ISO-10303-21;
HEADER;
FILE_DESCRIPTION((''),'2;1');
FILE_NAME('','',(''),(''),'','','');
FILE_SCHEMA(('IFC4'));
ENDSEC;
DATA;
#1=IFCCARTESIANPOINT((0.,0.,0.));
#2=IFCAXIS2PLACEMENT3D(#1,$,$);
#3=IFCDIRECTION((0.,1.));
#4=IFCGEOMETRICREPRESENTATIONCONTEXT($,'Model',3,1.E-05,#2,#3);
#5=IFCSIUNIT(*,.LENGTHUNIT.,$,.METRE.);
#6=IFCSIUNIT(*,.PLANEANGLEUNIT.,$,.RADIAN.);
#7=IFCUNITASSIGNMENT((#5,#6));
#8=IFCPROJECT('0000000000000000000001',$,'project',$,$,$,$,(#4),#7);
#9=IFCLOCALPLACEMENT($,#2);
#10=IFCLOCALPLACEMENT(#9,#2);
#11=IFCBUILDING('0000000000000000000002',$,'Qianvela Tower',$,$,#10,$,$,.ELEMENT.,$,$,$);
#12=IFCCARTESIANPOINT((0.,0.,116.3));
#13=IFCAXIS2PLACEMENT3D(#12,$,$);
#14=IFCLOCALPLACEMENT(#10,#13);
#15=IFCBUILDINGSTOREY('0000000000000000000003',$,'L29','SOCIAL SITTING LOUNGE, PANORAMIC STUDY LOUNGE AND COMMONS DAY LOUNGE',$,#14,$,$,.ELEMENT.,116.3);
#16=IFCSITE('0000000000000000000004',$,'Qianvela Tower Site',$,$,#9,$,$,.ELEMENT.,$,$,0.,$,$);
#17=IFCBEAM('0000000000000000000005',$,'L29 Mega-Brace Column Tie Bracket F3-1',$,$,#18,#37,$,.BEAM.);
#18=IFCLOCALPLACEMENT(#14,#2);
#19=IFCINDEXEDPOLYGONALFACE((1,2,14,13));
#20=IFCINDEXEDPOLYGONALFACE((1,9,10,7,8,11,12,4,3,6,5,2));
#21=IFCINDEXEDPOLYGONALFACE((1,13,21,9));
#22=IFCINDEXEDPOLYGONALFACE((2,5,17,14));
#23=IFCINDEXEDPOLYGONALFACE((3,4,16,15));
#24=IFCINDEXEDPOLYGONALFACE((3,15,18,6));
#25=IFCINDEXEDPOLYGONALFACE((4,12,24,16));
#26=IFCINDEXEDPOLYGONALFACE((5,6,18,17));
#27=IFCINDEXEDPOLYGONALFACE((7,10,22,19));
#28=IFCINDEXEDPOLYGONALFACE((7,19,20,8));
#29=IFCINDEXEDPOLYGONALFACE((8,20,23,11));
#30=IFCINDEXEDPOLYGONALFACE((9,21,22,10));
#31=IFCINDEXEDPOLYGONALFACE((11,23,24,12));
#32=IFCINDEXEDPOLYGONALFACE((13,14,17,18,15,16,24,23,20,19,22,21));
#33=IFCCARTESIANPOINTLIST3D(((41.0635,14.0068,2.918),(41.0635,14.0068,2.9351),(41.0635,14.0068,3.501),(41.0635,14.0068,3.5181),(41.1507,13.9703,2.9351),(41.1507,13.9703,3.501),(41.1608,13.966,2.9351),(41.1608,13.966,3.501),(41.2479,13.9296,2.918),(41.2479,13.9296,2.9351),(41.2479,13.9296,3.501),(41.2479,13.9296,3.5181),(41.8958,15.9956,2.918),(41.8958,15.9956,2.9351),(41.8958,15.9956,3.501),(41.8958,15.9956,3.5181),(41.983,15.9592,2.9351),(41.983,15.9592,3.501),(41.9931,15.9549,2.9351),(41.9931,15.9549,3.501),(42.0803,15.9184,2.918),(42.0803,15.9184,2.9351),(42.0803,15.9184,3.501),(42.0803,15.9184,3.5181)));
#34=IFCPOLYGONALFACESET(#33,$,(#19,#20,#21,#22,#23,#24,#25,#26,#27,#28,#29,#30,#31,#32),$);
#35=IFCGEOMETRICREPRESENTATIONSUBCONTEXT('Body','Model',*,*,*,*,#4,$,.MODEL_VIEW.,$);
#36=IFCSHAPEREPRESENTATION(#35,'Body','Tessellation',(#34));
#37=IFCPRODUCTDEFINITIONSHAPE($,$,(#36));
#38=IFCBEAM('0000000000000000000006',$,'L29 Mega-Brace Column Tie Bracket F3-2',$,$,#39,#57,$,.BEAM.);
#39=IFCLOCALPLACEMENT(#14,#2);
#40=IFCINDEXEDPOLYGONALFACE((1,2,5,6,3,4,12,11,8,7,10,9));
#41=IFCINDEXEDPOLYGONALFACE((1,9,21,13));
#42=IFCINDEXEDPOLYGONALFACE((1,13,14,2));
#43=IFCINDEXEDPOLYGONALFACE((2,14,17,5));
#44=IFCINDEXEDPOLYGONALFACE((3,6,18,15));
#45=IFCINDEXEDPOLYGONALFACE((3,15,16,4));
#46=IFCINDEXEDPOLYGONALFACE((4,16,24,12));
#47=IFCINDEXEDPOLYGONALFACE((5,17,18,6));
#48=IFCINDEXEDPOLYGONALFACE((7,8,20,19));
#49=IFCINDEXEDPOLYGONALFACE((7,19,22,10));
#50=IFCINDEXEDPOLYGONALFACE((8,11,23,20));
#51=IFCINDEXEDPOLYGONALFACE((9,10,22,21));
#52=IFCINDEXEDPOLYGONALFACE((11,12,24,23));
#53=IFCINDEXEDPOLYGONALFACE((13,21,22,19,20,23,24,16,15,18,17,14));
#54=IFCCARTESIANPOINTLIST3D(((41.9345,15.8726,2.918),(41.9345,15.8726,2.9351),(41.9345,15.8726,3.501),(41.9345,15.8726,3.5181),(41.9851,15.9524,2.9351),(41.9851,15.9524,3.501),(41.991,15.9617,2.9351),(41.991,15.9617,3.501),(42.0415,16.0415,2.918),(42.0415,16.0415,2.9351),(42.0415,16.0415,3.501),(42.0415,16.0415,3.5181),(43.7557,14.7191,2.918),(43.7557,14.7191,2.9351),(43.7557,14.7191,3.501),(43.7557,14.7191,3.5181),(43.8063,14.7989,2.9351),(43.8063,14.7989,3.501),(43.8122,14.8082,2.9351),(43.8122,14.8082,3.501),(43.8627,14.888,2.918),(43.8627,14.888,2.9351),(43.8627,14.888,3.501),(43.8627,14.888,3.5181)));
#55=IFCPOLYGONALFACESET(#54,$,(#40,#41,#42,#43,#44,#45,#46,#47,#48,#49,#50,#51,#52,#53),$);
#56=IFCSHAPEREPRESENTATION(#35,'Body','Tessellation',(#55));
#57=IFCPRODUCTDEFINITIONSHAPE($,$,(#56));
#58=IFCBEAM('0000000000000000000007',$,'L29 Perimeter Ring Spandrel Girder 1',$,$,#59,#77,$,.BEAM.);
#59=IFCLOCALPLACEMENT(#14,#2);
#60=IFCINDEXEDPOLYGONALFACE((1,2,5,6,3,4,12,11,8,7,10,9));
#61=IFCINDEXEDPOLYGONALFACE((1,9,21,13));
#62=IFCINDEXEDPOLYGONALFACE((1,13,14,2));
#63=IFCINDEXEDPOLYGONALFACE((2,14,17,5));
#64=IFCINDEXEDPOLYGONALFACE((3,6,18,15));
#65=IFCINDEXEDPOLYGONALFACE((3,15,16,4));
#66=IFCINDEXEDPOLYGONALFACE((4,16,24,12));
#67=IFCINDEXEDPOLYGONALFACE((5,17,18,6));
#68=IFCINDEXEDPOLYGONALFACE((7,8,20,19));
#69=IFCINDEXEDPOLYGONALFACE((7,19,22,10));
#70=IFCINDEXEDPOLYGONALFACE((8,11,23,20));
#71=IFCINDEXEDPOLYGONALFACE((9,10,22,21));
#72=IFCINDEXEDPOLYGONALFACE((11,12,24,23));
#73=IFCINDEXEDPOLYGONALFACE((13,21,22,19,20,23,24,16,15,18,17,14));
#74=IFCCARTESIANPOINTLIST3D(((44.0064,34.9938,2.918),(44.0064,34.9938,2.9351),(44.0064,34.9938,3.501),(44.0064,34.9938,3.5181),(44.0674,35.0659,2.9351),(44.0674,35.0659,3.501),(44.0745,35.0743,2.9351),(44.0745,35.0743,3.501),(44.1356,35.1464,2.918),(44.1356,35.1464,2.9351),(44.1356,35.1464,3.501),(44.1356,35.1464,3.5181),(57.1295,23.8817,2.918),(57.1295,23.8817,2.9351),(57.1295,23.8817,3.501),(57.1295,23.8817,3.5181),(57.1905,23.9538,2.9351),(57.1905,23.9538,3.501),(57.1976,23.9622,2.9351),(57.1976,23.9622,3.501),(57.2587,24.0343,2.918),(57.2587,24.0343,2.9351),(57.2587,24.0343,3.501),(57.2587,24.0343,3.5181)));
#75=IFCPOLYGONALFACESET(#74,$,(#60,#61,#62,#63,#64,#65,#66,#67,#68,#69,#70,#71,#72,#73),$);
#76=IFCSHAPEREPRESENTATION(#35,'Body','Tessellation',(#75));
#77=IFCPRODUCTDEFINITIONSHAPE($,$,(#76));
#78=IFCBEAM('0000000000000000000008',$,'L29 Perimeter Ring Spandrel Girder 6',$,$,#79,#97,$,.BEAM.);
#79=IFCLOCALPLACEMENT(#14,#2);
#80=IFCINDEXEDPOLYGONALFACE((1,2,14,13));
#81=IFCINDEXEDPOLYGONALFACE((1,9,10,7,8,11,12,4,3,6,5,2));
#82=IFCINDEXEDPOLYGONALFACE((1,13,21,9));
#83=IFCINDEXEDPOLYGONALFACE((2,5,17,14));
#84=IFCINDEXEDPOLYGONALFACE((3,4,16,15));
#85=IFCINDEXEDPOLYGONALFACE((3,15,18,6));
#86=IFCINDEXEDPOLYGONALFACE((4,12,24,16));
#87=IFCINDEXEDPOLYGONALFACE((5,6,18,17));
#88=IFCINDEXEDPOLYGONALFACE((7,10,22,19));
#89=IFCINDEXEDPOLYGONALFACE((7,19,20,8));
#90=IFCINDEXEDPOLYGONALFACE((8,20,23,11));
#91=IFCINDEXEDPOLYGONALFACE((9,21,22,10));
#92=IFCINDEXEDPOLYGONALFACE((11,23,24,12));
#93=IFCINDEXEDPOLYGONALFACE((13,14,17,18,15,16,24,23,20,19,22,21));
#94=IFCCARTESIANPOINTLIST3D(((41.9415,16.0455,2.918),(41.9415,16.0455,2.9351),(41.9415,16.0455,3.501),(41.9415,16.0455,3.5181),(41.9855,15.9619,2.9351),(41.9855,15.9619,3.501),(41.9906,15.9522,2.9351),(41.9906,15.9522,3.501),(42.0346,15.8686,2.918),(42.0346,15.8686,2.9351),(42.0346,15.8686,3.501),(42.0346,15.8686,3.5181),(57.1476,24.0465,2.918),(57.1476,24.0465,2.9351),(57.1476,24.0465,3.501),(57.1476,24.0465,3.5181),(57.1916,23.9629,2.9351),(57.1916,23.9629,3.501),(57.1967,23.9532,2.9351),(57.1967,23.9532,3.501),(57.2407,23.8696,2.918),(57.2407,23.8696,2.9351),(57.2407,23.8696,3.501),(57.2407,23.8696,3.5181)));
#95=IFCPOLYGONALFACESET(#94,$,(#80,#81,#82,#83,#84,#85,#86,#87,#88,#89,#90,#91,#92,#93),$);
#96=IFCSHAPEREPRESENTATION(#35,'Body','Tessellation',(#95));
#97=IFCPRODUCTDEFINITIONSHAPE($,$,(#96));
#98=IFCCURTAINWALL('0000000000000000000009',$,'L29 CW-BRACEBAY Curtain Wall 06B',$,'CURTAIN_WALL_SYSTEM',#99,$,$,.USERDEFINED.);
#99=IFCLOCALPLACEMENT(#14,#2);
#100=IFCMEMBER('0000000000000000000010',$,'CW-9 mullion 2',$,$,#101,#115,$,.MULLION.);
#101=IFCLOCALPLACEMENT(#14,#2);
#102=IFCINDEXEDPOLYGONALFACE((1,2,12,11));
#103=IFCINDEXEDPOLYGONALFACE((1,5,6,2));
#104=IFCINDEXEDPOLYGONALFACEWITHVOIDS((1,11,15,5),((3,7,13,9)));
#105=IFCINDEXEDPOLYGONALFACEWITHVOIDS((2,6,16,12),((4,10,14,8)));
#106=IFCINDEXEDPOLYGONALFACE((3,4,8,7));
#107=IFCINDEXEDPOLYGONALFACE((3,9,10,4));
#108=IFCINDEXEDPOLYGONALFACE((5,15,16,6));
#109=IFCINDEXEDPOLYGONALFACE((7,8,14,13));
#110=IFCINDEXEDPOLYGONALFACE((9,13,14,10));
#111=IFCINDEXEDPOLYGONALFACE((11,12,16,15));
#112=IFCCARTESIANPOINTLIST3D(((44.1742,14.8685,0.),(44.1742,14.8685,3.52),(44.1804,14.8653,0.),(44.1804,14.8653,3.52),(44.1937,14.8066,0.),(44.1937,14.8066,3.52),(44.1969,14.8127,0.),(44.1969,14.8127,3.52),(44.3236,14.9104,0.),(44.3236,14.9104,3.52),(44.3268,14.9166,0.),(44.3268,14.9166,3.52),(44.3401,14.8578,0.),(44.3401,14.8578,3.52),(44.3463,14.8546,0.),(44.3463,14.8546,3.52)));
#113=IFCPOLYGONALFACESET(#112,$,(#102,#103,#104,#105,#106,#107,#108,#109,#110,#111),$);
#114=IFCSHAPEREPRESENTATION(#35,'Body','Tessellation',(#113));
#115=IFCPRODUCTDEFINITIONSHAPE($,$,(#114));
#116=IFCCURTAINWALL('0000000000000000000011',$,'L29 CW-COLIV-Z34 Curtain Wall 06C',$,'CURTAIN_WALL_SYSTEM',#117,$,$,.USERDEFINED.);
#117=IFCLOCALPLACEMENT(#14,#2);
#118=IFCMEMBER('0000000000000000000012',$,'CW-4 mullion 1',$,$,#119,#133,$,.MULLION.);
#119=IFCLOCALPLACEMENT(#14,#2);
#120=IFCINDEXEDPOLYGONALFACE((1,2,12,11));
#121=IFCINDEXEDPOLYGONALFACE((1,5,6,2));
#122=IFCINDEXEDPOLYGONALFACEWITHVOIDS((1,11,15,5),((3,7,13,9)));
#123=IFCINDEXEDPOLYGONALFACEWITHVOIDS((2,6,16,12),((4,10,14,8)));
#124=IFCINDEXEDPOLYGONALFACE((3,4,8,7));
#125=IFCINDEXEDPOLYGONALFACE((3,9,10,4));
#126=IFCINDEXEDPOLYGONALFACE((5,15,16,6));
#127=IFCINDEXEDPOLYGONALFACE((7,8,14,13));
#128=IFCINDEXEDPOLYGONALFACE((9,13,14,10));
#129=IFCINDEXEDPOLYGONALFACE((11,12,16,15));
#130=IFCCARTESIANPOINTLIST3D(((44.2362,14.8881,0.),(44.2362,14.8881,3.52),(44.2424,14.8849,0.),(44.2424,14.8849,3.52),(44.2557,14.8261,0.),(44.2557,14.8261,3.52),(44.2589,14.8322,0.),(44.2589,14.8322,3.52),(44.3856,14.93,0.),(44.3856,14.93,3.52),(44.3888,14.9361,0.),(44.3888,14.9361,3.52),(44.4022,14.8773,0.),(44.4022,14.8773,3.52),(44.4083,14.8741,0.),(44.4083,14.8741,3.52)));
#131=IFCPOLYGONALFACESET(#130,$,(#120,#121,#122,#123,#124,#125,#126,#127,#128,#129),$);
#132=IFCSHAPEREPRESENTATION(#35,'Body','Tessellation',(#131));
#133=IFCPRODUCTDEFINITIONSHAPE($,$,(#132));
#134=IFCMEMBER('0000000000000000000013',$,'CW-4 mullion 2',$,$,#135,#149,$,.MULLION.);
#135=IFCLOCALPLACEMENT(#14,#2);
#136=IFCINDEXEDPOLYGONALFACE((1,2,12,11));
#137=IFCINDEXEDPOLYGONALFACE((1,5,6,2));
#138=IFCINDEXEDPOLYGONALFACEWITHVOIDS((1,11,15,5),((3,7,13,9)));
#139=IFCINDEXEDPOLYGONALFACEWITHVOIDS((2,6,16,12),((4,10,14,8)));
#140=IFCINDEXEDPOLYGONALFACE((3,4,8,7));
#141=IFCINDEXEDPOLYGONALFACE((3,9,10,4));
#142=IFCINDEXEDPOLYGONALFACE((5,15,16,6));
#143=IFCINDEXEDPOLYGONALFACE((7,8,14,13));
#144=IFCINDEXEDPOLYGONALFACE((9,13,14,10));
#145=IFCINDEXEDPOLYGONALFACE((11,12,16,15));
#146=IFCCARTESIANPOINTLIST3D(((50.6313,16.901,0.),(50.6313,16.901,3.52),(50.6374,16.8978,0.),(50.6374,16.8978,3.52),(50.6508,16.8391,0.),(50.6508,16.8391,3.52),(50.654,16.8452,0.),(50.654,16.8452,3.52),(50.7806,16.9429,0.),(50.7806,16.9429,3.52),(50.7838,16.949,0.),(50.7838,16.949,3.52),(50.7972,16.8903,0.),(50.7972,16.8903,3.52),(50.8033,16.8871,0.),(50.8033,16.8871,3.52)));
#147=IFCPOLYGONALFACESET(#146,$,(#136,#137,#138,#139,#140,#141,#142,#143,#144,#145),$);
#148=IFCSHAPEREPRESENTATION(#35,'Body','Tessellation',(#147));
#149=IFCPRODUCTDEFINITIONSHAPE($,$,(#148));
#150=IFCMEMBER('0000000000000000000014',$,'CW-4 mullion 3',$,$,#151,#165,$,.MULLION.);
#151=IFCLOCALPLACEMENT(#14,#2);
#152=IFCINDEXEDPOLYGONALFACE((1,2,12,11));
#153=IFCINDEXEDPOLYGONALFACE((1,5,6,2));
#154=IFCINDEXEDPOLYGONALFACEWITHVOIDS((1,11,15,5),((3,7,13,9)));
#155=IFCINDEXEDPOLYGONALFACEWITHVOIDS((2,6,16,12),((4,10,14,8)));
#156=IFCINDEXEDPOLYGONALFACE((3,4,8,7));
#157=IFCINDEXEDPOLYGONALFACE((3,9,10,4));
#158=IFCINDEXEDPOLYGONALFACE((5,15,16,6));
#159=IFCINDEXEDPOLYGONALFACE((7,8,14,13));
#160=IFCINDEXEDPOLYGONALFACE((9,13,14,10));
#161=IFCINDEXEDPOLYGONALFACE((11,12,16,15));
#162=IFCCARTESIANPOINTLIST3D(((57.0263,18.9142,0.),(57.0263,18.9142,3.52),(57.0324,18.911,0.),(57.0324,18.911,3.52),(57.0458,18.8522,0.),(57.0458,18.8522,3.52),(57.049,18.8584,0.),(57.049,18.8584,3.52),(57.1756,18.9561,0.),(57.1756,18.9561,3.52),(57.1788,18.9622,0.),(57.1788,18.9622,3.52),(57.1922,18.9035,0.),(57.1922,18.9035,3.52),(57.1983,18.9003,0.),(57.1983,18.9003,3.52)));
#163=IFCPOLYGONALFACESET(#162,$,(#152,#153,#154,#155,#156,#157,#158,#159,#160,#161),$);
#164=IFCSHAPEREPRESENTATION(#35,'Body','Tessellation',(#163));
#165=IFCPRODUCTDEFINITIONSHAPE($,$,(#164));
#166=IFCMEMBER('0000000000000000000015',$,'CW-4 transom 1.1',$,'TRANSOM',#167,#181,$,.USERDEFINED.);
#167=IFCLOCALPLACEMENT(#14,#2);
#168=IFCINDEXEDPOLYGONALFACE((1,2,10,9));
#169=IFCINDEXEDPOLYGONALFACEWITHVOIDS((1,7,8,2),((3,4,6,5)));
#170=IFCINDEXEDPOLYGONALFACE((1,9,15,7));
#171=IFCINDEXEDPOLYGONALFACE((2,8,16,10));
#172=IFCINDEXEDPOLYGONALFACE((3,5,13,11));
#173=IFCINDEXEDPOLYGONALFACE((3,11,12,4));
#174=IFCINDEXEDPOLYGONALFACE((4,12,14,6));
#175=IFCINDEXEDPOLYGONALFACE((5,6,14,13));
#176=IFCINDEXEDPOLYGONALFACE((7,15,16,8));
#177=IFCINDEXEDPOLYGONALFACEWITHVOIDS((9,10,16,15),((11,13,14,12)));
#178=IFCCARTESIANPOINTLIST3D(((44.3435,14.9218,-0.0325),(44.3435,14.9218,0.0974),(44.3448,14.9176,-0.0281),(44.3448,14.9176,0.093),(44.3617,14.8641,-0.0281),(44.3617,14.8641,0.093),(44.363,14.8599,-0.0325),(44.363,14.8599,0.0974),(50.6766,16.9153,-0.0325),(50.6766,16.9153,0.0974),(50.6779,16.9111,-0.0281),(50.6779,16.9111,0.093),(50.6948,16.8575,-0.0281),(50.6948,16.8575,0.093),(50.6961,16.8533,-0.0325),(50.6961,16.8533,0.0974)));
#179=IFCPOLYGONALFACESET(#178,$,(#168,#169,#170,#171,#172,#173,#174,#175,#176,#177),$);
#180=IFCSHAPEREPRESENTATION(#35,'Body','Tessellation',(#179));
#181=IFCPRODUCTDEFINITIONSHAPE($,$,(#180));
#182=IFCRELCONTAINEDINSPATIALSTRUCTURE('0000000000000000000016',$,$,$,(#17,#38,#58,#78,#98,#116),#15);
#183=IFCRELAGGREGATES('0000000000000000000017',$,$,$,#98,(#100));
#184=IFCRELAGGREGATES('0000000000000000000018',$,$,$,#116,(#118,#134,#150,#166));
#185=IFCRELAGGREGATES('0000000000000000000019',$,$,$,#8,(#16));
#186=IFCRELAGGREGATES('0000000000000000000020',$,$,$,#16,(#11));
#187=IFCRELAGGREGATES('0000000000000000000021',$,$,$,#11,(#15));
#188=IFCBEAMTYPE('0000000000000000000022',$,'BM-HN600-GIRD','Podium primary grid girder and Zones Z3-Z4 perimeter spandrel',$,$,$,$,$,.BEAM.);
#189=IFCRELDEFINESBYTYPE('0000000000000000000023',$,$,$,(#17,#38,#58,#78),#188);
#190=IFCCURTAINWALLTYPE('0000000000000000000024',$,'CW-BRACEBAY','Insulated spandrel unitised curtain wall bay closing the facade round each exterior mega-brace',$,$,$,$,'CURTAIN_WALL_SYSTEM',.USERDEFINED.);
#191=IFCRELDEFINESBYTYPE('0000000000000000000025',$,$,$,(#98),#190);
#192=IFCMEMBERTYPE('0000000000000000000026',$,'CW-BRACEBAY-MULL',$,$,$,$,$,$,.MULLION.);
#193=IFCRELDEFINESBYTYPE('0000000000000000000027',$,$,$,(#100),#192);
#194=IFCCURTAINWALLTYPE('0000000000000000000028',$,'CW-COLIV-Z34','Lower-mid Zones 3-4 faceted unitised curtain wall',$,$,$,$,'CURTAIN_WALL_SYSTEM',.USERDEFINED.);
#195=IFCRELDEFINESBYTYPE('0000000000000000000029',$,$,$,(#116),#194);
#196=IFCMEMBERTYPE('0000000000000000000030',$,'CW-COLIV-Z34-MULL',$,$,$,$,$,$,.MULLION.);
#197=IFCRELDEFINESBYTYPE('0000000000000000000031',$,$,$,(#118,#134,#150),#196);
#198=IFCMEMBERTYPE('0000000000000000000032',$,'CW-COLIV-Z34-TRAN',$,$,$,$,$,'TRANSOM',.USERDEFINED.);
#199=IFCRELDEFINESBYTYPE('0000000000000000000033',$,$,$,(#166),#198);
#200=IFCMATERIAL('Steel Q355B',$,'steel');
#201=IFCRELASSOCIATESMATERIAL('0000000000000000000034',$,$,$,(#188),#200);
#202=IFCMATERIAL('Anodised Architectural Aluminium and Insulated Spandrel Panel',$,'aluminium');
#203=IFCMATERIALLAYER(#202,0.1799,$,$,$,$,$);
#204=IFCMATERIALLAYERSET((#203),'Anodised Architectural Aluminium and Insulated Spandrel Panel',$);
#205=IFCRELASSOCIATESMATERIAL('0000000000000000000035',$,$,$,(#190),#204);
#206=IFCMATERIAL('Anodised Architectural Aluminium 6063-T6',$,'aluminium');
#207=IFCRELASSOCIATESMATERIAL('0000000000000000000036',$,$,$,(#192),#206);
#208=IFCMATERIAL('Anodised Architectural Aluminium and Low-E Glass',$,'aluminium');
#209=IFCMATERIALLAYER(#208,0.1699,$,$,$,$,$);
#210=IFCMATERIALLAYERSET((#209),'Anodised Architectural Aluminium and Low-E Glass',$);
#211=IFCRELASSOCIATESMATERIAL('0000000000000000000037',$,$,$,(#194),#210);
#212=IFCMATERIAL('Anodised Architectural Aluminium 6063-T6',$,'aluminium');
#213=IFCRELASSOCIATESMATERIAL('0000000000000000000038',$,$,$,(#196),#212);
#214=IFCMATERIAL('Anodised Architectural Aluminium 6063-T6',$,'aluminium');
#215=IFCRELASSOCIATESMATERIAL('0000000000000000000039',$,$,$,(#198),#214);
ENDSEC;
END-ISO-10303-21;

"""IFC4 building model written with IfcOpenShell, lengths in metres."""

from ifc_helpers import new_model, si_unit, direction, frame, origin, origin_2d, place, context, subcontext, project, spatial, hollow_rectangle, i_section, extrude, material, layer, layer_set, material_profile, profile_set, type_object, element, aggregate, save


model = new_model("IFC4")

# Units and contexts
model_context = context("Model", 3, precision=1e-05, world=origin(), true_north=direction((0.0, 1.0)))
body_context = subcontext(model_context, "Body", "Model", "MODEL_VIEW")
ifc_project = project(units=[si_unit("LENGTHUNIT", "METRE"), si_unit("PLANEANGLEUNIT", "RADIAN")], contexts=[model_context])

# Site, building, storey
site_placement = place(None, origin())
site = spatial("IfcSite", under=ifc_project, at=site_placement, Name="Qianvela Tower Site", CompositionType="ELEMENT", RefElevation=0.0)
building_placement = place(site_placement, origin())
building = spatial("IfcBuilding", under=site, at=building_placement, Name="Qianvela Tower", CompositionType="ELEMENT")
storey_placement = place(building_placement, frame((0.0, 0.0, 116.3)))
storey = spatial("IfcBuildingStorey", under=building, at=storey_placement, Name="L29", Description="SOCIAL SITTING LOUNGE, PANORAMIC STUDY LOUNGE AND COMMONS DAY LOUNGE", CompositionType="ELEMENT", Elevation=116.3)

# Beams
ifc_material_1 = material(Name="Steel Q355B", Category="steel")
ifc_material_profile_1 = material_profile(ifc_material_1, i_section(OverallWidth=0.2, OverallDepth=0.6001, WebThickness=0.011, FlangeThickness=0.0171, at=origin_2d()), Name="HN600x200x11x17")
ifc_profile_set_1 = profile_set([ifc_material_profile_1], Name="Steel Q355B")
beam_type = type_object("IfcBeamType", Name="BM-HN600-GIRD", Description="Podium primary grid girder and Zones Z3-Z4 perimeter spandrel", PredefinedType="BEAM", material=ifc_profile_set_1)
beam_1_placement = place(storey_placement, frame((41.988, 15.957, 3.218), z_axis=(-0.386046, -0.922479, 0.0), x_axis=(0.922479, -0.386046, 0.0)))
element("IfcBeam", 1, at=beam_1_placement, inside=storey, type_object=beam_type, Name="L29 Mega-Brace Column Tie Bracket F3-1", PredefinedType="BEAM", context=body_context, shape_type="SweptSolid", body=[
    extrude(i_section(OverallWidth=0.2, OverallDepth=0.6001, WebThickness=0.011, FlangeThickness=0.0171, at=origin_2d()), origin(), (0.0, 0.0, 1.0), 2.156),
])
beam_2_placement = place(storey_placement, frame((41.988, 15.957, 3.218), z_axis=(0.844802, -0.535079, 0.0), x_axis=(0.535079, 0.844802, 0.0)))
element("IfcBeam", 2, at=beam_2_placement, inside=storey, type_object=beam_type, Name="L29 Mega-Brace Column Tie Bracket F3-2", PredefinedType="BEAM", context=body_context, shape_type="SweptSolid", body=[
    extrude(i_section(OverallWidth=0.2, OverallDepth=0.6001, WebThickness=0.011, FlangeThickness=0.0171, at=origin_2d()), origin(), (0.0, 0.0, 1.0), 2.1558),
])
beam_3_placement = place(storey_placement, frame((57.1941, 23.958, 3.218), z_axis=(-0.763158, 0.646211, 0.0), x_axis=(-0.646211, -0.763158, 0.0)))
element("IfcBeam", 3, at=beam_3_placement, inside=storey, type_object=beam_type, Name="L29 Perimeter Ring Spandrel Girder 1", PredefinedType="BEAM", context=body_context, shape_type="SweptSolid", body=[
    extrude(i_section(OverallWidth=0.2, OverallDepth=0.6001, WebThickness=0.011, FlangeThickness=0.0171, at=origin_2d()), origin(), (0.0, 0.0, 1.0), 17.1958),
])
beam_4_placement = place(storey_placement, frame((41.988, 15.957, 3.218), z_axis=(0.884971, 0.465646, 0.0), x_axis=(-0.465646, 0.884971, 0.0)))
element("IfcBeam", 4, at=beam_4_placement, inside=storey, type_object=beam_type, Name="L29 Perimeter Ring Spandrel Girder 6", PredefinedType="BEAM", context=body_context, shape_type="SweptSolid", body=[
    extrude(i_section(OverallWidth=0.2, OverallDepth=0.6001, WebThickness=0.011, FlangeThickness=0.0171, at=origin_2d()), origin(), (0.0, 0.0, 1.0), 17.1826),
])

# Curtain wall, member
ifc_material_2 = material(Name="Anodised Architectural Aluminium and Insulated Spandrel Panel", Category="aluminium")
ifc_layer_1 = layer(ifc_material_2, 0.1799)
ifc_layer_set_1 = layer_set([ifc_layer_1], Name="Anodised Architectural Aluminium and Insulated Spandrel Panel")
curtain_wall_type_1 = type_object("IfcCurtainWallType", Name="CW-BRACEBAY", Description="Insulated spandrel unitised curtain wall bay closing the facade round each exterior mega-brace", ElementType="CURTAIN_WALL_SYSTEM", PredefinedType="USERDEFINED", material=ifc_layer_set_1)
curtain_wall_1_placement = place(storey_placement, origin())
curtain_wall_1 = element("IfcCurtainWall", 5, at=curtain_wall_1_placement, inside=storey, type_object=curtain_wall_type_1, Name="L29 CW-BRACEBAY Curtain Wall 06B", ObjectType="CURTAIN_WALL_SYSTEM", PredefinedType="USERDEFINED")
ifc_material_3 = material(Name="Anodised Architectural Aluminium 6063-T6", Category="aluminium")
ifc_material_profile_2 = material_profile(ifc_material_3, hollow_rectangle(XDim=0.0649, YDim=0.1599, WallThickness=0.0049, at=origin_2d()), Name="ALU-MULL-65x160")
ifc_profile_set_2 = profile_set([ifc_material_profile_2], Name="Anodised Architectural Aluminium 6063-T6")
member_type_1 = type_object("IfcMemberType", Name="CW-BRACEBAY-MULL", PredefinedType="MULLION", material=ifc_profile_set_2)
member_1_placement = place(storey_placement, frame((44.2603, 14.8616, 0.0), z_axis=(0.0, 0.0, 1.0), x_axis=(-0.300247, 0.953862, 0.0)))
member_1 = element("IfcMember", 6, at=member_1_placement, type_object=member_type_1, Name="CW-9 mullion 2", PredefinedType="MULLION", context=body_context, shape_type="SweptSolid", body=[
    extrude(hollow_rectangle(XDim=0.0649, YDim=0.1599, WallThickness=0.0049, at=origin_2d()), origin(), (0.0, 0.0, 1.0), 3.52),
])

# Curtain wall, members
ifc_material_4 = material(Name="Anodised Architectural Aluminium and Low-E Glass", Category="aluminium")
ifc_layer_2 = layer(ifc_material_4, 0.1699)
ifc_layer_set_2 = layer_set([ifc_layer_2], Name="Anodised Architectural Aluminium and Low-E Glass")
curtain_wall_type_2 = type_object("IfcCurtainWallType", Name="CW-COLIV-Z34", Description="Lower-mid Zones 3-4 faceted unitised curtain wall", ElementType="CURTAIN_WALL_SYSTEM", PredefinedType="USERDEFINED", material=ifc_layer_set_2)
curtain_wall_2_placement = place(storey_placement, origin())
curtain_wall_2 = element("IfcCurtainWall", 7, at=curtain_wall_2_placement, inside=storey, type_object=curtain_wall_type_2, Name="L29 CW-COLIV-Z34 Curtain Wall 06C", ObjectType="CURTAIN_WALL_SYSTEM", PredefinedType="USERDEFINED")
ifc_material_5 = material(Name="Anodised Architectural Aluminium 6063-T6", Category="aluminium")
ifc_material_profile_3 = material_profile(ifc_material_5, hollow_rectangle(XDim=0.0649, YDim=0.1599, WallThickness=0.0049, at=origin_2d()), Name="ALU-MULL-65x160")
ifc_profile_set_3 = profile_set([ifc_material_profile_3], Name="Anodised Architectural Aluminium 6063-T6")
member_type_2 = type_object("IfcMemberType", Name="CW-COLIV-Z34-MULL", PredefinedType="MULLION", material=ifc_profile_set_3)
member_2_placement = place(storey_placement, frame((44.3223, 14.8811, 0.0), z_axis=(0.0, 0.0, 1.0), x_axis=(-0.300261, 0.953857, 0.0)))
member_2 = element("IfcMember", 8, at=member_2_placement, type_object=member_type_2, Name="CW-4 mullion 1", PredefinedType="MULLION", context=body_context, shape_type="SweptSolid", body=[
    extrude(hollow_rectangle(XDim=0.0649, YDim=0.1599, WallThickness=0.0049, at=origin_2d()), origin(), (0.0, 0.0, 1.0), 3.52),
])
member_3_placement = place(storey_placement, frame((50.7173, 16.894, 0.0), z_axis=(0.0, 0.0, 1.0), x_axis=(-0.300261, 0.953857, 0.0)))
member_3 = element("IfcMember", 9, at=member_3_placement, type_object=member_type_2, Name="CW-4 mullion 2", PredefinedType="MULLION", context=body_context, shape_type="SweptSolid", body=[
    extrude(hollow_rectangle(XDim=0.0649, YDim=0.1599, WallThickness=0.0049, at=origin_2d()), origin(), (0.0, 0.0, 1.0), 3.52),
])
member_4_placement = place(storey_placement, frame((57.1123, 18.9072, 0.0), z_axis=(0.0, 0.0, 1.0), x_axis=(-0.300261, 0.953857, 0.0)))
member_4 = element("IfcMember", 10, at=member_4_placement, type_object=member_type_2, Name="CW-4 mullion 3", PredefinedType="MULLION", context=body_context, shape_type="SweptSolid", body=[
    extrude(hollow_rectangle(XDim=0.0649, YDim=0.1599, WallThickness=0.0049, at=origin_2d()), origin(), (0.0, 0.0, 1.0), 3.52),
])
ifc_material_6 = material(Name="Anodised Architectural Aluminium 6063-T6", Category="aluminium")
ifc_material_profile_4 = material_profile(ifc_material_6, hollow_rectangle(XDim=0.0649, YDim=0.1299, WallThickness=0.0044, at=origin_2d()), Name="ALU-TRAN-65x130")
ifc_profile_set_4 = profile_set([ifc_material_profile_4], Name="Anodised Architectural Aluminium 6063-T6")
member_type_3 = type_object("IfcMemberType", Name="CW-COLIV-Z34-TRAN", ElementType="TRANSOM", PredefinedType="USERDEFINED", material=ifc_profile_set_4)
member_5_placement = place(storey_placement, frame((44.3533, 14.8909, 0.0325), z_axis=(0.953863, 0.300243, 0.0), x_axis=(-0.300243, 0.953863, 0.0)))
member_5 = element("IfcMember", 11, at=member_5_placement, type_object=member_type_3, Name="CW-4 transom 1.1", ObjectType="TRANSOM", PredefinedType="USERDEFINED", context=body_context, shape_type="SweptSolid", body=[
    extrude(hollow_rectangle(XDim=0.0649, YDim=0.1299, WallThickness=0.0044, at=origin_2d()), origin(), (0.0, 0.0, 1.0), 6.6394),
])

aggregate(curtain_wall_1, [member_1])
aggregate(curtain_wall_2, [member_2, member_3, member_4, member_5])

save(model, "model.ifc")
